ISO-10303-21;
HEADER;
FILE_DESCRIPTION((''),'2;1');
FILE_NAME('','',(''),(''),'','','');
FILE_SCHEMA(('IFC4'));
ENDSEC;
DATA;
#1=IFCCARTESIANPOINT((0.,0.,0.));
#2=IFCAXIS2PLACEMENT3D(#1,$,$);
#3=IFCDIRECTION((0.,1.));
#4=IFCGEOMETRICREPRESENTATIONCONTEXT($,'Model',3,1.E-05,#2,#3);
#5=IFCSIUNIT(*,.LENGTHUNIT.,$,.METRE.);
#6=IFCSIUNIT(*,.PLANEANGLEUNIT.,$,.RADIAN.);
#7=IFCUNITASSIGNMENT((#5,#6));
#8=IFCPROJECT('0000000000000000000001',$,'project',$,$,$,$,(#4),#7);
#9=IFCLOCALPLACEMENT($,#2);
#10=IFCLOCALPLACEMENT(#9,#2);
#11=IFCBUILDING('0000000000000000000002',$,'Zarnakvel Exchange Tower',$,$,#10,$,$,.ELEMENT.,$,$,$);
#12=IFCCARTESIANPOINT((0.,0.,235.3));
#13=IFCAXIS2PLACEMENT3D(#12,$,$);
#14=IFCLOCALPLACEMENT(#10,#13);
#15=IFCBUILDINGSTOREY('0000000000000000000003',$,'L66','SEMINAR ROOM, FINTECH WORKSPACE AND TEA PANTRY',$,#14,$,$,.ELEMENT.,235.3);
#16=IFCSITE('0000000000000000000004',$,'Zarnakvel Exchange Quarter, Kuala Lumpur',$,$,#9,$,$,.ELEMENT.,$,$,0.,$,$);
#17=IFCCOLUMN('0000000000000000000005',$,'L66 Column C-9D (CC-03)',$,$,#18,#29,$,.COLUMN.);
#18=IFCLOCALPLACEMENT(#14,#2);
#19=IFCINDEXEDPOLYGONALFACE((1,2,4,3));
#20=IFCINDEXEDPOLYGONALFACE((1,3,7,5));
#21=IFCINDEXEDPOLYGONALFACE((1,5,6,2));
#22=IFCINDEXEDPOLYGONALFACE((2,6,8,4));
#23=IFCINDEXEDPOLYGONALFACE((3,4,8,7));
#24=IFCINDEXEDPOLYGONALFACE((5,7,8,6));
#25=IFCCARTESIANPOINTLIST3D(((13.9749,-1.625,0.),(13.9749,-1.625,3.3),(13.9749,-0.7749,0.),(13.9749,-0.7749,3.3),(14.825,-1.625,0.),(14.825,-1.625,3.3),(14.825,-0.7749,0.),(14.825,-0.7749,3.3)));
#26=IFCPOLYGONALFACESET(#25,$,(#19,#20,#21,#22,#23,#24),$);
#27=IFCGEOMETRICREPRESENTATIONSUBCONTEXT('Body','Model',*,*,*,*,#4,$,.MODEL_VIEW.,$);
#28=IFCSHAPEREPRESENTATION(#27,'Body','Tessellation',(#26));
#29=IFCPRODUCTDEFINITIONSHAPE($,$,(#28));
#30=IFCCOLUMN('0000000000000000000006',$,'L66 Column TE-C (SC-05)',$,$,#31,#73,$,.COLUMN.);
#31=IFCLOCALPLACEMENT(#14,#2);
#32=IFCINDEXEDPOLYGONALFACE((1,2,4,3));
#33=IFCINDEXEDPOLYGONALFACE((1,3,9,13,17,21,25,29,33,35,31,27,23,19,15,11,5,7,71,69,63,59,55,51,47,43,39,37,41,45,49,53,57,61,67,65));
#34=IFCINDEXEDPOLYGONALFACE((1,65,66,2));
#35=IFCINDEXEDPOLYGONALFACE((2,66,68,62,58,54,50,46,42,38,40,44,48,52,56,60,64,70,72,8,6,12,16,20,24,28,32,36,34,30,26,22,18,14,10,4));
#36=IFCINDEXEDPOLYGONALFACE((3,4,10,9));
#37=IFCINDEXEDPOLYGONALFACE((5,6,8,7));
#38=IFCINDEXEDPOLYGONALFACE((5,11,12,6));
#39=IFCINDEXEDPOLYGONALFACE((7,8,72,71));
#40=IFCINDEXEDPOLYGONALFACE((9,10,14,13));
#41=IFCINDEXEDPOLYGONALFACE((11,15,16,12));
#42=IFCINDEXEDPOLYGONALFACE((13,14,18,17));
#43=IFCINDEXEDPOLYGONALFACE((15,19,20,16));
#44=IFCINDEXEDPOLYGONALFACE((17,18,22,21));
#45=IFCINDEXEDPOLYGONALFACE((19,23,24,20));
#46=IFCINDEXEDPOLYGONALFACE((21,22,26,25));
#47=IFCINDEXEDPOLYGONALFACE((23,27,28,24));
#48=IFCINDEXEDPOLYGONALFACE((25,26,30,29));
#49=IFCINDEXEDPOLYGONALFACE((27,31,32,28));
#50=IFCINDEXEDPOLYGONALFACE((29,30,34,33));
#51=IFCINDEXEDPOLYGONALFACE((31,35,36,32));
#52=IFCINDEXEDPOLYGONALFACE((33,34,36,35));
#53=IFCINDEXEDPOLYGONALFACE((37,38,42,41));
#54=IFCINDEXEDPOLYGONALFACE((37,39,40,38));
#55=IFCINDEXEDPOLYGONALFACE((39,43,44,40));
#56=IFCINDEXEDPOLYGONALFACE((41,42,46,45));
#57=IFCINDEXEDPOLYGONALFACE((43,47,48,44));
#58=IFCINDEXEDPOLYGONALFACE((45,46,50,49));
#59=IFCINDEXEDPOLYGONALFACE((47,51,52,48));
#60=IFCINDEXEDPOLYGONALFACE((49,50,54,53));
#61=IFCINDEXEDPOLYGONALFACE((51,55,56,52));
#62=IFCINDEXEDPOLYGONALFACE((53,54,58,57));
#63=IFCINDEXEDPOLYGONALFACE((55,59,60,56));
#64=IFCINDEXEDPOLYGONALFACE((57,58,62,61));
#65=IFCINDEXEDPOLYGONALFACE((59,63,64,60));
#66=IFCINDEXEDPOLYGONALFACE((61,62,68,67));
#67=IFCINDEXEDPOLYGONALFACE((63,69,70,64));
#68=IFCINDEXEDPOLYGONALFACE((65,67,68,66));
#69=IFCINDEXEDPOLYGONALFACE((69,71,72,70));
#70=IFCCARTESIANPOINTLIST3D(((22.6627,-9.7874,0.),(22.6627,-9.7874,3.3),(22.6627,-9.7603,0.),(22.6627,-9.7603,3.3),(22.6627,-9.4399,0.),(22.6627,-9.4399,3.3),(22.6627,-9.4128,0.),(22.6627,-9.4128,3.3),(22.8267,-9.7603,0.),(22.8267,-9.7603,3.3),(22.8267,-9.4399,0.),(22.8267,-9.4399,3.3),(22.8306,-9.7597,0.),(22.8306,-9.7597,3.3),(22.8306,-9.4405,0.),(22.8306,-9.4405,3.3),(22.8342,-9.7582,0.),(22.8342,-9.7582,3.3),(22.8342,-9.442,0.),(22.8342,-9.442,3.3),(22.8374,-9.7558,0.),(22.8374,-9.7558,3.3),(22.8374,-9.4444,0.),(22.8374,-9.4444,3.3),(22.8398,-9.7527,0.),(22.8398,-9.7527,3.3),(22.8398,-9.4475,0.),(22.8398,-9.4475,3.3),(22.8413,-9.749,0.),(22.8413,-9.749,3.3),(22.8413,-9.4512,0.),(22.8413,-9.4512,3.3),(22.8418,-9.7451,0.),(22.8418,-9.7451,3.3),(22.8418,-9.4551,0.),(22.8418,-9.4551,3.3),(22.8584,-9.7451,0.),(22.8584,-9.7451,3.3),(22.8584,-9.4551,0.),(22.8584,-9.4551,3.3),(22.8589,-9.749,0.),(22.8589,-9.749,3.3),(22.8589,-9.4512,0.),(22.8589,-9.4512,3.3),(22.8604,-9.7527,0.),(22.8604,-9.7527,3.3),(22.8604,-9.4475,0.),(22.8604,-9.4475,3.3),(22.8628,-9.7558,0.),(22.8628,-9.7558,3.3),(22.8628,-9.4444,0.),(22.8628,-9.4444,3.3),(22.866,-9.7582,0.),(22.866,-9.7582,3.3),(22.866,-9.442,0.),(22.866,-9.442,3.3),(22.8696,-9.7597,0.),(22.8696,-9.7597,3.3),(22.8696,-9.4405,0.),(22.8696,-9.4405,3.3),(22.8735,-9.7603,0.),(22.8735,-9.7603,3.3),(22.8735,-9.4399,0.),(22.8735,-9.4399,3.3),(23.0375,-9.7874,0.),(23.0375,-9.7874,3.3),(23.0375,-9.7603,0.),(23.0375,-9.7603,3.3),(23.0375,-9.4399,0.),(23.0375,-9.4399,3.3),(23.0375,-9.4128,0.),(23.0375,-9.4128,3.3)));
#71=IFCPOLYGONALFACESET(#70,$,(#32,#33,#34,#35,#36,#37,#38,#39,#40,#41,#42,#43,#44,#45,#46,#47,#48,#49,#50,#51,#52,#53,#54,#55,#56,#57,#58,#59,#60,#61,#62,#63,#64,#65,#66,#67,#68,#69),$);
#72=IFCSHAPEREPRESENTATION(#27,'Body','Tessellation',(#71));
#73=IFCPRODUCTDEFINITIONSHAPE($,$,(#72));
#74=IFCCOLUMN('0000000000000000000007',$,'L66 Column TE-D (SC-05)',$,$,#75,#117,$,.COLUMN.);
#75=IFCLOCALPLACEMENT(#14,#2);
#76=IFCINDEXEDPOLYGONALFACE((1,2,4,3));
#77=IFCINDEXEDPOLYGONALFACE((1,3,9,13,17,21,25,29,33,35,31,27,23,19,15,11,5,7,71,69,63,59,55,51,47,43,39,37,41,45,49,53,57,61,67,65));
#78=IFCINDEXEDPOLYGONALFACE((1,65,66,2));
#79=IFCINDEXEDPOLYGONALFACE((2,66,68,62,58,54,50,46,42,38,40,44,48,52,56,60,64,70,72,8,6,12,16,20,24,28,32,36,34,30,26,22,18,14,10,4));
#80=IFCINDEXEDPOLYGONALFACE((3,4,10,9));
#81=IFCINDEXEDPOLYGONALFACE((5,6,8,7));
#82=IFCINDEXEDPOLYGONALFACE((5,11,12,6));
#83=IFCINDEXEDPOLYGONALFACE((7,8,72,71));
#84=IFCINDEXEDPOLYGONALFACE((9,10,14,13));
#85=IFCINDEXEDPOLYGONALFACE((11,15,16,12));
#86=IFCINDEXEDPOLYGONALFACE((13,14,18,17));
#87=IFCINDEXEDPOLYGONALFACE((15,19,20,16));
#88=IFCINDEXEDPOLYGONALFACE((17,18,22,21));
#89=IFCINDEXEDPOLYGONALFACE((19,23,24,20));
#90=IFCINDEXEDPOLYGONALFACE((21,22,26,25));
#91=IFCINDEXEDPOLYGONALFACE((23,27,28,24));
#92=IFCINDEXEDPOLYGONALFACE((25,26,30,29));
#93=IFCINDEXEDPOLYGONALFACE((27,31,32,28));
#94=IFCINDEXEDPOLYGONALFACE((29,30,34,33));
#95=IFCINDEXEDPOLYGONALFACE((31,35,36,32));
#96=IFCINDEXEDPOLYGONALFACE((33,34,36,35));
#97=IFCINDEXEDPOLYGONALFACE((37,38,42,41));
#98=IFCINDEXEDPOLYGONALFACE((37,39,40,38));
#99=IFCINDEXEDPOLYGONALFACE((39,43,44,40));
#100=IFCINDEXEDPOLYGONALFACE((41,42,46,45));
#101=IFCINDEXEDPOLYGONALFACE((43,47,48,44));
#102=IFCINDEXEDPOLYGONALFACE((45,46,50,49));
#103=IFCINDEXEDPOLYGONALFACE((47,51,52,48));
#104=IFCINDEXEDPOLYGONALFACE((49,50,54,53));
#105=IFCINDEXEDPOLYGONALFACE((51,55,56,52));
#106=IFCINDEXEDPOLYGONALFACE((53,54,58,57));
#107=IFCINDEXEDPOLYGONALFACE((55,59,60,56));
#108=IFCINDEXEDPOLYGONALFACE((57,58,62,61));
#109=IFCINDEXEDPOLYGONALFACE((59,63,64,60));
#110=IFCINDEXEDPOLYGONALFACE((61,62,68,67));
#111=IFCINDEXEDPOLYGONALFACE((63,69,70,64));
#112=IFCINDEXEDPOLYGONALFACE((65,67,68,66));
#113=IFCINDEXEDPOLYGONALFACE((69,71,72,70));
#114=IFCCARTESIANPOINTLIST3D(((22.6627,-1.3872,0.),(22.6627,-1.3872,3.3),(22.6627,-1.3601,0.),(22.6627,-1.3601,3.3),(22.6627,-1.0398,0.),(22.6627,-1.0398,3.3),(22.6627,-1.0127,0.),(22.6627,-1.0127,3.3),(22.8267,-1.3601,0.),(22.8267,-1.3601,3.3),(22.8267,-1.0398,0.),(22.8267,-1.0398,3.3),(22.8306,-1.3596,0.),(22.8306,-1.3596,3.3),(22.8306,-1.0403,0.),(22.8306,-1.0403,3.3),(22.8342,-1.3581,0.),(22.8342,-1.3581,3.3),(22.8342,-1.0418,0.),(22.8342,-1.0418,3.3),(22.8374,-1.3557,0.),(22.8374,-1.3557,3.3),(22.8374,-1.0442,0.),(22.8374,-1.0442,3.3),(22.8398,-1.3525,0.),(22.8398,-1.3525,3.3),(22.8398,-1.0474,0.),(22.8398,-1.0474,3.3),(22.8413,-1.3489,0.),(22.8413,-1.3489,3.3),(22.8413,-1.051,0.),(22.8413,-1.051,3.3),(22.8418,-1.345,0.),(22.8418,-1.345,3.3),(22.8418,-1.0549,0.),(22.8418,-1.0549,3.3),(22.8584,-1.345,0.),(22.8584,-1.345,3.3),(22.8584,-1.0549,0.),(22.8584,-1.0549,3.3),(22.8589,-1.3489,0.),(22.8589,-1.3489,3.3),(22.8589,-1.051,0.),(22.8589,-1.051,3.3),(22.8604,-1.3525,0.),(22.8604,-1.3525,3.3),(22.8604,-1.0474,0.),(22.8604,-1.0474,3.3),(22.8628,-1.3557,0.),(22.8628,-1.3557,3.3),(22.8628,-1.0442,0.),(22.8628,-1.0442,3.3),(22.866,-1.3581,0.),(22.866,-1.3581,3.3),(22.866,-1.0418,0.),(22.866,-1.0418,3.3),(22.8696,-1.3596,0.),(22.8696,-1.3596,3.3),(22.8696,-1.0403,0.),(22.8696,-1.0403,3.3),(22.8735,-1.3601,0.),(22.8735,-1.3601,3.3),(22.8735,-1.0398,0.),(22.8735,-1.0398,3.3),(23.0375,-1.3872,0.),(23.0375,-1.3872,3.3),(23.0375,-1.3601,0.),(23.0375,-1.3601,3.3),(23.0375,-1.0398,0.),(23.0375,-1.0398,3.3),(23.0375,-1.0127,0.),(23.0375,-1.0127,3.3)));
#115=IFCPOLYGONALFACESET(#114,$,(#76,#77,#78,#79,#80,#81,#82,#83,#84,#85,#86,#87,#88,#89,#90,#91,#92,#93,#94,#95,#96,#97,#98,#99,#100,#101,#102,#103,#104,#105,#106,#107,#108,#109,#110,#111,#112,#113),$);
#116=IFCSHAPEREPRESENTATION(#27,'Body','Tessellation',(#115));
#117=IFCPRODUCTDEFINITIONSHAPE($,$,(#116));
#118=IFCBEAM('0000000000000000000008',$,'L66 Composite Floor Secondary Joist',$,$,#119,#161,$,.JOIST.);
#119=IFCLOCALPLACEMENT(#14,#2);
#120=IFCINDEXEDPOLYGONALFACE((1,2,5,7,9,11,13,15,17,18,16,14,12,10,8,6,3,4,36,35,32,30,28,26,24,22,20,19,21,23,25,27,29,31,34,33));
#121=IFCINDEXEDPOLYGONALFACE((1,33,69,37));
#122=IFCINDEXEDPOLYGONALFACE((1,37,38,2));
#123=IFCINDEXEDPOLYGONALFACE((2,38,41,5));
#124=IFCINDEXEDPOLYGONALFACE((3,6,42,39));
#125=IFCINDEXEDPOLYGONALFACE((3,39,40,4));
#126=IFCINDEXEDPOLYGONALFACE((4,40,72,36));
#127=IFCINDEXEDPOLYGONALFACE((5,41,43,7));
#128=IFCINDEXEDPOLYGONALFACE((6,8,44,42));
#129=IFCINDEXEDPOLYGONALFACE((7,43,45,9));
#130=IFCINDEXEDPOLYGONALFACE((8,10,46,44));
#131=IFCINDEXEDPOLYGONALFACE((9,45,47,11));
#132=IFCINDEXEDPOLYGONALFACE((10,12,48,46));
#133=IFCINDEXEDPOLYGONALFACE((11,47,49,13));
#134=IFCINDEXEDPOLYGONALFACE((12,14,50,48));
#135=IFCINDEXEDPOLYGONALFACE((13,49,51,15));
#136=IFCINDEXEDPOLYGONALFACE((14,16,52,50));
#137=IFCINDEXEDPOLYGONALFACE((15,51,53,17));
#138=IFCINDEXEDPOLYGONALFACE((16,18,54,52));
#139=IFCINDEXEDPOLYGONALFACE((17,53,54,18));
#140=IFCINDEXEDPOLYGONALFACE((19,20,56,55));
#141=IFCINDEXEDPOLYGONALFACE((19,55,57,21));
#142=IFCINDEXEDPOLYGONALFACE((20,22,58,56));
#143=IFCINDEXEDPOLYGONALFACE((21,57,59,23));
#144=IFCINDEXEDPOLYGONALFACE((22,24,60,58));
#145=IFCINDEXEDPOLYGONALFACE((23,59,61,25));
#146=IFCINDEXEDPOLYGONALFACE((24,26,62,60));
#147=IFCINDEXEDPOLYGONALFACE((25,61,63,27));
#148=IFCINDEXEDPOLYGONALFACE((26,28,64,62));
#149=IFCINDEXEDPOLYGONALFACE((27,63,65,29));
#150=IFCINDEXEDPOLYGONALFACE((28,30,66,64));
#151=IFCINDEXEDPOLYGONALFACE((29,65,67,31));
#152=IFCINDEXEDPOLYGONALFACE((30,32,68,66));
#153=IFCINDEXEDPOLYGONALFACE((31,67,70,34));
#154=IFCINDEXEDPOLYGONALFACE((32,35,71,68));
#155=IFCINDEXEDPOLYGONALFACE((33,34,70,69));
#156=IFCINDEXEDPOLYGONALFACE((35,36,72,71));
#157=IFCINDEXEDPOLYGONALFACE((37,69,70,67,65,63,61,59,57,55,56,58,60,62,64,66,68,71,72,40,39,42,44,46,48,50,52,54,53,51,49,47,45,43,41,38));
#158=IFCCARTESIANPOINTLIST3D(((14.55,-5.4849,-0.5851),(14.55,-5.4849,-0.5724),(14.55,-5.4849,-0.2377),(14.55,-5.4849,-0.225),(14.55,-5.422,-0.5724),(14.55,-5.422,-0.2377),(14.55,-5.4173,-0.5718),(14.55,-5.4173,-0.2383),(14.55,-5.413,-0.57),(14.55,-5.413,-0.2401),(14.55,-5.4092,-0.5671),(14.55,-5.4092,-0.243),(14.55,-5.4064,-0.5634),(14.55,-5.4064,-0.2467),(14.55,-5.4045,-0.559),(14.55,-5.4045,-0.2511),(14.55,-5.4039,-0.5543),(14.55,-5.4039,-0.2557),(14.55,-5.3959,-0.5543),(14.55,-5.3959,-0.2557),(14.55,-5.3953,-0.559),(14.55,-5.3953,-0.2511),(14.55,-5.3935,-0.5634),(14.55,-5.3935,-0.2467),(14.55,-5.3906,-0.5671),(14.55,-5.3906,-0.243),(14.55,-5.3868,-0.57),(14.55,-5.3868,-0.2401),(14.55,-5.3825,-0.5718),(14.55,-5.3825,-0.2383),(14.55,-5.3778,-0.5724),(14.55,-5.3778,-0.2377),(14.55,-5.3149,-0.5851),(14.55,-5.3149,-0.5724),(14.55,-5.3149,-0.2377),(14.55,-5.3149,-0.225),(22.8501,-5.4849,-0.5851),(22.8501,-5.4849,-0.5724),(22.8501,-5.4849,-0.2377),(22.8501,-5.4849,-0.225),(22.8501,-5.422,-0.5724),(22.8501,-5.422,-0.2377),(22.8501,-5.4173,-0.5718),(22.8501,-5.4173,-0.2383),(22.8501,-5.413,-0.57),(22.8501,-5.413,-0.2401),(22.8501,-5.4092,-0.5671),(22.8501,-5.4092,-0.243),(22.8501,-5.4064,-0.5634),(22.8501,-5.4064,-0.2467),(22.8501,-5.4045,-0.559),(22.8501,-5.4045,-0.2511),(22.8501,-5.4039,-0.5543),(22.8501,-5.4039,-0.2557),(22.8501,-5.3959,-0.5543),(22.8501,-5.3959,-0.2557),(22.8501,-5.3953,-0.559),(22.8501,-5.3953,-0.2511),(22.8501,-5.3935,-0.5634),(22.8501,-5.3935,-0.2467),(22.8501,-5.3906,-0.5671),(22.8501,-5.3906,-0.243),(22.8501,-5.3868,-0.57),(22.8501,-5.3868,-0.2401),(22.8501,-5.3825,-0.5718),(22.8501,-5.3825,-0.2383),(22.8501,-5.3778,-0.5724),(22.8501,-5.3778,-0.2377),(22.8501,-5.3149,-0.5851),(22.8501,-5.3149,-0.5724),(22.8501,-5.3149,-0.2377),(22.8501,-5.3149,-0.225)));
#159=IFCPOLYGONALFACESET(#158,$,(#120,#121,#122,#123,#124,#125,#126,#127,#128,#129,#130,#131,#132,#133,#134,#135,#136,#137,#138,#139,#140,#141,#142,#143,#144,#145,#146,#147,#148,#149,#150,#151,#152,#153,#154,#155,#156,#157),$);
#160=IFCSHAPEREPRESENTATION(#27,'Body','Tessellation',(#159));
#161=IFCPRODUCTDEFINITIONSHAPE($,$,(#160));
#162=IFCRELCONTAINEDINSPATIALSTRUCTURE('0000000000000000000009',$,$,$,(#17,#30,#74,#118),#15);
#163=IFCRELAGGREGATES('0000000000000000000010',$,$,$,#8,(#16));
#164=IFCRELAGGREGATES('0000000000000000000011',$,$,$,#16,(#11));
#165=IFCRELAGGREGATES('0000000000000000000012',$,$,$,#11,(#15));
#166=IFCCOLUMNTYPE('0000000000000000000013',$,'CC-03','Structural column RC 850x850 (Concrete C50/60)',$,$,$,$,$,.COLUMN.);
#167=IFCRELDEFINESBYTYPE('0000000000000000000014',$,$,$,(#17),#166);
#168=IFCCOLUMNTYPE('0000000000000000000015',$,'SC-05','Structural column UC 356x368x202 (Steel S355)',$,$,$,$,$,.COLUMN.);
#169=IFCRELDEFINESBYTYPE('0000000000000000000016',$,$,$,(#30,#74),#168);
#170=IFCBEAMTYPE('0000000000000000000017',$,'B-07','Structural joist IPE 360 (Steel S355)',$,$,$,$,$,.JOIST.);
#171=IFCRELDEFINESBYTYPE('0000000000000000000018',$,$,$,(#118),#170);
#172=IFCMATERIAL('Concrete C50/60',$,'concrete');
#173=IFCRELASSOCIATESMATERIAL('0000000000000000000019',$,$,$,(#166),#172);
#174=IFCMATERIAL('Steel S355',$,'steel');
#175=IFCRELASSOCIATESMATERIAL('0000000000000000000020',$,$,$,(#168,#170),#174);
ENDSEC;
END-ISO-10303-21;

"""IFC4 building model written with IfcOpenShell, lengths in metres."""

from ifc_helpers import new_model, si_unit, direction, frame, origin, origin_2d, place, context, subcontext, project, spatial, rectangle, i_section, extrude, material, material_profile, profile_set, type_object, element, save


model = new_model("IFC4")

# Units and contexts
model_context = context("Model", 3, precision=1e-05, world=origin(), true_north=direction((0.0, 1.0)))
body_context = subcontext(model_context, "Body", "Model", "MODEL_VIEW")
ifc_project = project(units=[si_unit("LENGTHUNIT", "METRE"), si_unit("PLANEANGLEUNIT", "RADIAN")], contexts=[model_context])

# Site, building, storey
site_placement = place(None, origin())
site = spatial("IfcSite", under=ifc_project, at=site_placement, Name="Zarnakvel Exchange Quarter, Kuala Lumpur", CompositionType="ELEMENT", RefElevation=0.0)
building_placement = place(site_placement, origin())
building = spatial("IfcBuilding", under=site, at=building_placement, Name="Zarnakvel Exchange Tower", CompositionType="ELEMENT")
storey_placement = place(building_placement, frame((0.0, 0.0, 235.3)))
storey = spatial("IfcBuildingStorey", under=building, at=storey_placement, Name="L66", Description="SEMINAR ROOM, FINTECH WORKSPACE AND TEA PANTRY", CompositionType="ELEMENT", Elevation=235.3)

# Columns
ifc_material_1 = material(Name="Concrete C50/60", Category="concrete")
ifc_material_profile_1 = material_profile(ifc_material_1, rectangle(XDim=0.8501, YDim=0.8501, at=origin_2d()))
ifc_profile_set_1 = profile_set([ifc_material_profile_1], Name="Concrete C50/60")
column_type_1 = type_object("IfcColumnType", Name="CC-03", Description="Structural column RC 850x850 (Concrete C50/60)", PredefinedType="COLUMN", material=ifc_profile_set_1)
column_placement = place(storey_placement, frame((14.3999, -1.2, 0.0), z_axis=(0.0, 0.0, 1.0), x_axis=(1.0, 0.0, 0.0)))
element("IfcColumn", 1, at=column_placement, inside=storey, type_object=column_type_1, Name="L66 Column C-9D (CC-03)", PredefinedType="COLUMN", context=body_context, shape_type="SweptSolid", body=[
    extrude(rectangle(XDim=0.8501, YDim=0.8501, at=origin_2d()), origin(), (0.0, 0.0, 1.0), 3.3),
])
ifc_material_2 = material(Name="Steel S355", Category="steel")
ifc_material_profile_2 = material_profile(ifc_material_2, i_section(OverallWidth=0.3748, OverallDepth=0.3745, WebThickness=0.0166, FlangeThickness=0.0271, FilletRadius=0.0151, at=origin_2d()))
ifc_profile_set_2 = profile_set([ifc_material_profile_2], Name="Steel S355")
column_type_2 = type_object("IfcColumnType", Name="SC-05", Description="Structural column UC 356x368x202 (Steel S355)", PredefinedType="COLUMN", material=ifc_profile_set_2)
for number, where, z_axis, x_axis, name in (
    (2, (22.8501, -9.6001, 0.0), (0.0, 0.0, 1.0), (1.0, 0.0, 0.0), "L66 Column TE-C (SC-05)"),
    (3, (22.8501, -1.2, 0.0), (0.0, 0.0, 1.0), (1.0, 0.0, 0.0), "L66 Column TE-D (SC-05)"),
):
    element("IfcColumn", number, at=place(storey_placement, frame(where, z_axis=z_axis, x_axis=x_axis)), inside=storey, type_object=column_type_2, Name=name, PredefinedType="COLUMN", context=body_context, shape_type="SweptSolid", body=[
        extrude(i_section(OverallWidth=0.3748, OverallDepth=0.3745, WebThickness=0.0166, FlangeThickness=0.0271, FilletRadius=0.0151, at=origin_2d()), origin(), (0.0, 0.0, 1.0), 3.3),
    ])

# Beam
ifc_material_profile_3 = material_profile(ifc_material_2, i_section(OverallWidth=0.1699, OverallDepth=0.3601, WebThickness=0.0081, FlangeThickness=0.0127, FilletRadius=0.0181, at=origin_2d()))
ifc_profile_set_3 = profile_set([ifc_material_profile_3], Name="Steel S355")
beam_type_1 = type_object("IfcBeamType", Name="B-07", Description="Structural joist IPE 360 (Steel S355)", PredefinedType="JOIST", material=ifc_profile_set_3)
beam_1_placement = place(storey_placement, frame((14.55, -5.3999, -0.405), z_axis=(1.0, 0.0, 0.0), x_axis=(0.0, 1.0, 0.0)))
element("IfcBeam", 4, at=beam_1_placement, inside=storey, type_object=beam_type_1, Name="L66 Composite Floor Secondary Joist", PredefinedType="JOIST", context=body_context, shape_type="SweptSolid", body=[
    extrude(i_section(OverallWidth=0.1699, OverallDepth=0.3601, WebThickness=0.0081, FlangeThickness=0.0127, FilletRadius=0.0181, at=origin_2d()), origin(), (0.0, 0.0, 1.0), 8.3),
])

save(model, "model.ifc")
